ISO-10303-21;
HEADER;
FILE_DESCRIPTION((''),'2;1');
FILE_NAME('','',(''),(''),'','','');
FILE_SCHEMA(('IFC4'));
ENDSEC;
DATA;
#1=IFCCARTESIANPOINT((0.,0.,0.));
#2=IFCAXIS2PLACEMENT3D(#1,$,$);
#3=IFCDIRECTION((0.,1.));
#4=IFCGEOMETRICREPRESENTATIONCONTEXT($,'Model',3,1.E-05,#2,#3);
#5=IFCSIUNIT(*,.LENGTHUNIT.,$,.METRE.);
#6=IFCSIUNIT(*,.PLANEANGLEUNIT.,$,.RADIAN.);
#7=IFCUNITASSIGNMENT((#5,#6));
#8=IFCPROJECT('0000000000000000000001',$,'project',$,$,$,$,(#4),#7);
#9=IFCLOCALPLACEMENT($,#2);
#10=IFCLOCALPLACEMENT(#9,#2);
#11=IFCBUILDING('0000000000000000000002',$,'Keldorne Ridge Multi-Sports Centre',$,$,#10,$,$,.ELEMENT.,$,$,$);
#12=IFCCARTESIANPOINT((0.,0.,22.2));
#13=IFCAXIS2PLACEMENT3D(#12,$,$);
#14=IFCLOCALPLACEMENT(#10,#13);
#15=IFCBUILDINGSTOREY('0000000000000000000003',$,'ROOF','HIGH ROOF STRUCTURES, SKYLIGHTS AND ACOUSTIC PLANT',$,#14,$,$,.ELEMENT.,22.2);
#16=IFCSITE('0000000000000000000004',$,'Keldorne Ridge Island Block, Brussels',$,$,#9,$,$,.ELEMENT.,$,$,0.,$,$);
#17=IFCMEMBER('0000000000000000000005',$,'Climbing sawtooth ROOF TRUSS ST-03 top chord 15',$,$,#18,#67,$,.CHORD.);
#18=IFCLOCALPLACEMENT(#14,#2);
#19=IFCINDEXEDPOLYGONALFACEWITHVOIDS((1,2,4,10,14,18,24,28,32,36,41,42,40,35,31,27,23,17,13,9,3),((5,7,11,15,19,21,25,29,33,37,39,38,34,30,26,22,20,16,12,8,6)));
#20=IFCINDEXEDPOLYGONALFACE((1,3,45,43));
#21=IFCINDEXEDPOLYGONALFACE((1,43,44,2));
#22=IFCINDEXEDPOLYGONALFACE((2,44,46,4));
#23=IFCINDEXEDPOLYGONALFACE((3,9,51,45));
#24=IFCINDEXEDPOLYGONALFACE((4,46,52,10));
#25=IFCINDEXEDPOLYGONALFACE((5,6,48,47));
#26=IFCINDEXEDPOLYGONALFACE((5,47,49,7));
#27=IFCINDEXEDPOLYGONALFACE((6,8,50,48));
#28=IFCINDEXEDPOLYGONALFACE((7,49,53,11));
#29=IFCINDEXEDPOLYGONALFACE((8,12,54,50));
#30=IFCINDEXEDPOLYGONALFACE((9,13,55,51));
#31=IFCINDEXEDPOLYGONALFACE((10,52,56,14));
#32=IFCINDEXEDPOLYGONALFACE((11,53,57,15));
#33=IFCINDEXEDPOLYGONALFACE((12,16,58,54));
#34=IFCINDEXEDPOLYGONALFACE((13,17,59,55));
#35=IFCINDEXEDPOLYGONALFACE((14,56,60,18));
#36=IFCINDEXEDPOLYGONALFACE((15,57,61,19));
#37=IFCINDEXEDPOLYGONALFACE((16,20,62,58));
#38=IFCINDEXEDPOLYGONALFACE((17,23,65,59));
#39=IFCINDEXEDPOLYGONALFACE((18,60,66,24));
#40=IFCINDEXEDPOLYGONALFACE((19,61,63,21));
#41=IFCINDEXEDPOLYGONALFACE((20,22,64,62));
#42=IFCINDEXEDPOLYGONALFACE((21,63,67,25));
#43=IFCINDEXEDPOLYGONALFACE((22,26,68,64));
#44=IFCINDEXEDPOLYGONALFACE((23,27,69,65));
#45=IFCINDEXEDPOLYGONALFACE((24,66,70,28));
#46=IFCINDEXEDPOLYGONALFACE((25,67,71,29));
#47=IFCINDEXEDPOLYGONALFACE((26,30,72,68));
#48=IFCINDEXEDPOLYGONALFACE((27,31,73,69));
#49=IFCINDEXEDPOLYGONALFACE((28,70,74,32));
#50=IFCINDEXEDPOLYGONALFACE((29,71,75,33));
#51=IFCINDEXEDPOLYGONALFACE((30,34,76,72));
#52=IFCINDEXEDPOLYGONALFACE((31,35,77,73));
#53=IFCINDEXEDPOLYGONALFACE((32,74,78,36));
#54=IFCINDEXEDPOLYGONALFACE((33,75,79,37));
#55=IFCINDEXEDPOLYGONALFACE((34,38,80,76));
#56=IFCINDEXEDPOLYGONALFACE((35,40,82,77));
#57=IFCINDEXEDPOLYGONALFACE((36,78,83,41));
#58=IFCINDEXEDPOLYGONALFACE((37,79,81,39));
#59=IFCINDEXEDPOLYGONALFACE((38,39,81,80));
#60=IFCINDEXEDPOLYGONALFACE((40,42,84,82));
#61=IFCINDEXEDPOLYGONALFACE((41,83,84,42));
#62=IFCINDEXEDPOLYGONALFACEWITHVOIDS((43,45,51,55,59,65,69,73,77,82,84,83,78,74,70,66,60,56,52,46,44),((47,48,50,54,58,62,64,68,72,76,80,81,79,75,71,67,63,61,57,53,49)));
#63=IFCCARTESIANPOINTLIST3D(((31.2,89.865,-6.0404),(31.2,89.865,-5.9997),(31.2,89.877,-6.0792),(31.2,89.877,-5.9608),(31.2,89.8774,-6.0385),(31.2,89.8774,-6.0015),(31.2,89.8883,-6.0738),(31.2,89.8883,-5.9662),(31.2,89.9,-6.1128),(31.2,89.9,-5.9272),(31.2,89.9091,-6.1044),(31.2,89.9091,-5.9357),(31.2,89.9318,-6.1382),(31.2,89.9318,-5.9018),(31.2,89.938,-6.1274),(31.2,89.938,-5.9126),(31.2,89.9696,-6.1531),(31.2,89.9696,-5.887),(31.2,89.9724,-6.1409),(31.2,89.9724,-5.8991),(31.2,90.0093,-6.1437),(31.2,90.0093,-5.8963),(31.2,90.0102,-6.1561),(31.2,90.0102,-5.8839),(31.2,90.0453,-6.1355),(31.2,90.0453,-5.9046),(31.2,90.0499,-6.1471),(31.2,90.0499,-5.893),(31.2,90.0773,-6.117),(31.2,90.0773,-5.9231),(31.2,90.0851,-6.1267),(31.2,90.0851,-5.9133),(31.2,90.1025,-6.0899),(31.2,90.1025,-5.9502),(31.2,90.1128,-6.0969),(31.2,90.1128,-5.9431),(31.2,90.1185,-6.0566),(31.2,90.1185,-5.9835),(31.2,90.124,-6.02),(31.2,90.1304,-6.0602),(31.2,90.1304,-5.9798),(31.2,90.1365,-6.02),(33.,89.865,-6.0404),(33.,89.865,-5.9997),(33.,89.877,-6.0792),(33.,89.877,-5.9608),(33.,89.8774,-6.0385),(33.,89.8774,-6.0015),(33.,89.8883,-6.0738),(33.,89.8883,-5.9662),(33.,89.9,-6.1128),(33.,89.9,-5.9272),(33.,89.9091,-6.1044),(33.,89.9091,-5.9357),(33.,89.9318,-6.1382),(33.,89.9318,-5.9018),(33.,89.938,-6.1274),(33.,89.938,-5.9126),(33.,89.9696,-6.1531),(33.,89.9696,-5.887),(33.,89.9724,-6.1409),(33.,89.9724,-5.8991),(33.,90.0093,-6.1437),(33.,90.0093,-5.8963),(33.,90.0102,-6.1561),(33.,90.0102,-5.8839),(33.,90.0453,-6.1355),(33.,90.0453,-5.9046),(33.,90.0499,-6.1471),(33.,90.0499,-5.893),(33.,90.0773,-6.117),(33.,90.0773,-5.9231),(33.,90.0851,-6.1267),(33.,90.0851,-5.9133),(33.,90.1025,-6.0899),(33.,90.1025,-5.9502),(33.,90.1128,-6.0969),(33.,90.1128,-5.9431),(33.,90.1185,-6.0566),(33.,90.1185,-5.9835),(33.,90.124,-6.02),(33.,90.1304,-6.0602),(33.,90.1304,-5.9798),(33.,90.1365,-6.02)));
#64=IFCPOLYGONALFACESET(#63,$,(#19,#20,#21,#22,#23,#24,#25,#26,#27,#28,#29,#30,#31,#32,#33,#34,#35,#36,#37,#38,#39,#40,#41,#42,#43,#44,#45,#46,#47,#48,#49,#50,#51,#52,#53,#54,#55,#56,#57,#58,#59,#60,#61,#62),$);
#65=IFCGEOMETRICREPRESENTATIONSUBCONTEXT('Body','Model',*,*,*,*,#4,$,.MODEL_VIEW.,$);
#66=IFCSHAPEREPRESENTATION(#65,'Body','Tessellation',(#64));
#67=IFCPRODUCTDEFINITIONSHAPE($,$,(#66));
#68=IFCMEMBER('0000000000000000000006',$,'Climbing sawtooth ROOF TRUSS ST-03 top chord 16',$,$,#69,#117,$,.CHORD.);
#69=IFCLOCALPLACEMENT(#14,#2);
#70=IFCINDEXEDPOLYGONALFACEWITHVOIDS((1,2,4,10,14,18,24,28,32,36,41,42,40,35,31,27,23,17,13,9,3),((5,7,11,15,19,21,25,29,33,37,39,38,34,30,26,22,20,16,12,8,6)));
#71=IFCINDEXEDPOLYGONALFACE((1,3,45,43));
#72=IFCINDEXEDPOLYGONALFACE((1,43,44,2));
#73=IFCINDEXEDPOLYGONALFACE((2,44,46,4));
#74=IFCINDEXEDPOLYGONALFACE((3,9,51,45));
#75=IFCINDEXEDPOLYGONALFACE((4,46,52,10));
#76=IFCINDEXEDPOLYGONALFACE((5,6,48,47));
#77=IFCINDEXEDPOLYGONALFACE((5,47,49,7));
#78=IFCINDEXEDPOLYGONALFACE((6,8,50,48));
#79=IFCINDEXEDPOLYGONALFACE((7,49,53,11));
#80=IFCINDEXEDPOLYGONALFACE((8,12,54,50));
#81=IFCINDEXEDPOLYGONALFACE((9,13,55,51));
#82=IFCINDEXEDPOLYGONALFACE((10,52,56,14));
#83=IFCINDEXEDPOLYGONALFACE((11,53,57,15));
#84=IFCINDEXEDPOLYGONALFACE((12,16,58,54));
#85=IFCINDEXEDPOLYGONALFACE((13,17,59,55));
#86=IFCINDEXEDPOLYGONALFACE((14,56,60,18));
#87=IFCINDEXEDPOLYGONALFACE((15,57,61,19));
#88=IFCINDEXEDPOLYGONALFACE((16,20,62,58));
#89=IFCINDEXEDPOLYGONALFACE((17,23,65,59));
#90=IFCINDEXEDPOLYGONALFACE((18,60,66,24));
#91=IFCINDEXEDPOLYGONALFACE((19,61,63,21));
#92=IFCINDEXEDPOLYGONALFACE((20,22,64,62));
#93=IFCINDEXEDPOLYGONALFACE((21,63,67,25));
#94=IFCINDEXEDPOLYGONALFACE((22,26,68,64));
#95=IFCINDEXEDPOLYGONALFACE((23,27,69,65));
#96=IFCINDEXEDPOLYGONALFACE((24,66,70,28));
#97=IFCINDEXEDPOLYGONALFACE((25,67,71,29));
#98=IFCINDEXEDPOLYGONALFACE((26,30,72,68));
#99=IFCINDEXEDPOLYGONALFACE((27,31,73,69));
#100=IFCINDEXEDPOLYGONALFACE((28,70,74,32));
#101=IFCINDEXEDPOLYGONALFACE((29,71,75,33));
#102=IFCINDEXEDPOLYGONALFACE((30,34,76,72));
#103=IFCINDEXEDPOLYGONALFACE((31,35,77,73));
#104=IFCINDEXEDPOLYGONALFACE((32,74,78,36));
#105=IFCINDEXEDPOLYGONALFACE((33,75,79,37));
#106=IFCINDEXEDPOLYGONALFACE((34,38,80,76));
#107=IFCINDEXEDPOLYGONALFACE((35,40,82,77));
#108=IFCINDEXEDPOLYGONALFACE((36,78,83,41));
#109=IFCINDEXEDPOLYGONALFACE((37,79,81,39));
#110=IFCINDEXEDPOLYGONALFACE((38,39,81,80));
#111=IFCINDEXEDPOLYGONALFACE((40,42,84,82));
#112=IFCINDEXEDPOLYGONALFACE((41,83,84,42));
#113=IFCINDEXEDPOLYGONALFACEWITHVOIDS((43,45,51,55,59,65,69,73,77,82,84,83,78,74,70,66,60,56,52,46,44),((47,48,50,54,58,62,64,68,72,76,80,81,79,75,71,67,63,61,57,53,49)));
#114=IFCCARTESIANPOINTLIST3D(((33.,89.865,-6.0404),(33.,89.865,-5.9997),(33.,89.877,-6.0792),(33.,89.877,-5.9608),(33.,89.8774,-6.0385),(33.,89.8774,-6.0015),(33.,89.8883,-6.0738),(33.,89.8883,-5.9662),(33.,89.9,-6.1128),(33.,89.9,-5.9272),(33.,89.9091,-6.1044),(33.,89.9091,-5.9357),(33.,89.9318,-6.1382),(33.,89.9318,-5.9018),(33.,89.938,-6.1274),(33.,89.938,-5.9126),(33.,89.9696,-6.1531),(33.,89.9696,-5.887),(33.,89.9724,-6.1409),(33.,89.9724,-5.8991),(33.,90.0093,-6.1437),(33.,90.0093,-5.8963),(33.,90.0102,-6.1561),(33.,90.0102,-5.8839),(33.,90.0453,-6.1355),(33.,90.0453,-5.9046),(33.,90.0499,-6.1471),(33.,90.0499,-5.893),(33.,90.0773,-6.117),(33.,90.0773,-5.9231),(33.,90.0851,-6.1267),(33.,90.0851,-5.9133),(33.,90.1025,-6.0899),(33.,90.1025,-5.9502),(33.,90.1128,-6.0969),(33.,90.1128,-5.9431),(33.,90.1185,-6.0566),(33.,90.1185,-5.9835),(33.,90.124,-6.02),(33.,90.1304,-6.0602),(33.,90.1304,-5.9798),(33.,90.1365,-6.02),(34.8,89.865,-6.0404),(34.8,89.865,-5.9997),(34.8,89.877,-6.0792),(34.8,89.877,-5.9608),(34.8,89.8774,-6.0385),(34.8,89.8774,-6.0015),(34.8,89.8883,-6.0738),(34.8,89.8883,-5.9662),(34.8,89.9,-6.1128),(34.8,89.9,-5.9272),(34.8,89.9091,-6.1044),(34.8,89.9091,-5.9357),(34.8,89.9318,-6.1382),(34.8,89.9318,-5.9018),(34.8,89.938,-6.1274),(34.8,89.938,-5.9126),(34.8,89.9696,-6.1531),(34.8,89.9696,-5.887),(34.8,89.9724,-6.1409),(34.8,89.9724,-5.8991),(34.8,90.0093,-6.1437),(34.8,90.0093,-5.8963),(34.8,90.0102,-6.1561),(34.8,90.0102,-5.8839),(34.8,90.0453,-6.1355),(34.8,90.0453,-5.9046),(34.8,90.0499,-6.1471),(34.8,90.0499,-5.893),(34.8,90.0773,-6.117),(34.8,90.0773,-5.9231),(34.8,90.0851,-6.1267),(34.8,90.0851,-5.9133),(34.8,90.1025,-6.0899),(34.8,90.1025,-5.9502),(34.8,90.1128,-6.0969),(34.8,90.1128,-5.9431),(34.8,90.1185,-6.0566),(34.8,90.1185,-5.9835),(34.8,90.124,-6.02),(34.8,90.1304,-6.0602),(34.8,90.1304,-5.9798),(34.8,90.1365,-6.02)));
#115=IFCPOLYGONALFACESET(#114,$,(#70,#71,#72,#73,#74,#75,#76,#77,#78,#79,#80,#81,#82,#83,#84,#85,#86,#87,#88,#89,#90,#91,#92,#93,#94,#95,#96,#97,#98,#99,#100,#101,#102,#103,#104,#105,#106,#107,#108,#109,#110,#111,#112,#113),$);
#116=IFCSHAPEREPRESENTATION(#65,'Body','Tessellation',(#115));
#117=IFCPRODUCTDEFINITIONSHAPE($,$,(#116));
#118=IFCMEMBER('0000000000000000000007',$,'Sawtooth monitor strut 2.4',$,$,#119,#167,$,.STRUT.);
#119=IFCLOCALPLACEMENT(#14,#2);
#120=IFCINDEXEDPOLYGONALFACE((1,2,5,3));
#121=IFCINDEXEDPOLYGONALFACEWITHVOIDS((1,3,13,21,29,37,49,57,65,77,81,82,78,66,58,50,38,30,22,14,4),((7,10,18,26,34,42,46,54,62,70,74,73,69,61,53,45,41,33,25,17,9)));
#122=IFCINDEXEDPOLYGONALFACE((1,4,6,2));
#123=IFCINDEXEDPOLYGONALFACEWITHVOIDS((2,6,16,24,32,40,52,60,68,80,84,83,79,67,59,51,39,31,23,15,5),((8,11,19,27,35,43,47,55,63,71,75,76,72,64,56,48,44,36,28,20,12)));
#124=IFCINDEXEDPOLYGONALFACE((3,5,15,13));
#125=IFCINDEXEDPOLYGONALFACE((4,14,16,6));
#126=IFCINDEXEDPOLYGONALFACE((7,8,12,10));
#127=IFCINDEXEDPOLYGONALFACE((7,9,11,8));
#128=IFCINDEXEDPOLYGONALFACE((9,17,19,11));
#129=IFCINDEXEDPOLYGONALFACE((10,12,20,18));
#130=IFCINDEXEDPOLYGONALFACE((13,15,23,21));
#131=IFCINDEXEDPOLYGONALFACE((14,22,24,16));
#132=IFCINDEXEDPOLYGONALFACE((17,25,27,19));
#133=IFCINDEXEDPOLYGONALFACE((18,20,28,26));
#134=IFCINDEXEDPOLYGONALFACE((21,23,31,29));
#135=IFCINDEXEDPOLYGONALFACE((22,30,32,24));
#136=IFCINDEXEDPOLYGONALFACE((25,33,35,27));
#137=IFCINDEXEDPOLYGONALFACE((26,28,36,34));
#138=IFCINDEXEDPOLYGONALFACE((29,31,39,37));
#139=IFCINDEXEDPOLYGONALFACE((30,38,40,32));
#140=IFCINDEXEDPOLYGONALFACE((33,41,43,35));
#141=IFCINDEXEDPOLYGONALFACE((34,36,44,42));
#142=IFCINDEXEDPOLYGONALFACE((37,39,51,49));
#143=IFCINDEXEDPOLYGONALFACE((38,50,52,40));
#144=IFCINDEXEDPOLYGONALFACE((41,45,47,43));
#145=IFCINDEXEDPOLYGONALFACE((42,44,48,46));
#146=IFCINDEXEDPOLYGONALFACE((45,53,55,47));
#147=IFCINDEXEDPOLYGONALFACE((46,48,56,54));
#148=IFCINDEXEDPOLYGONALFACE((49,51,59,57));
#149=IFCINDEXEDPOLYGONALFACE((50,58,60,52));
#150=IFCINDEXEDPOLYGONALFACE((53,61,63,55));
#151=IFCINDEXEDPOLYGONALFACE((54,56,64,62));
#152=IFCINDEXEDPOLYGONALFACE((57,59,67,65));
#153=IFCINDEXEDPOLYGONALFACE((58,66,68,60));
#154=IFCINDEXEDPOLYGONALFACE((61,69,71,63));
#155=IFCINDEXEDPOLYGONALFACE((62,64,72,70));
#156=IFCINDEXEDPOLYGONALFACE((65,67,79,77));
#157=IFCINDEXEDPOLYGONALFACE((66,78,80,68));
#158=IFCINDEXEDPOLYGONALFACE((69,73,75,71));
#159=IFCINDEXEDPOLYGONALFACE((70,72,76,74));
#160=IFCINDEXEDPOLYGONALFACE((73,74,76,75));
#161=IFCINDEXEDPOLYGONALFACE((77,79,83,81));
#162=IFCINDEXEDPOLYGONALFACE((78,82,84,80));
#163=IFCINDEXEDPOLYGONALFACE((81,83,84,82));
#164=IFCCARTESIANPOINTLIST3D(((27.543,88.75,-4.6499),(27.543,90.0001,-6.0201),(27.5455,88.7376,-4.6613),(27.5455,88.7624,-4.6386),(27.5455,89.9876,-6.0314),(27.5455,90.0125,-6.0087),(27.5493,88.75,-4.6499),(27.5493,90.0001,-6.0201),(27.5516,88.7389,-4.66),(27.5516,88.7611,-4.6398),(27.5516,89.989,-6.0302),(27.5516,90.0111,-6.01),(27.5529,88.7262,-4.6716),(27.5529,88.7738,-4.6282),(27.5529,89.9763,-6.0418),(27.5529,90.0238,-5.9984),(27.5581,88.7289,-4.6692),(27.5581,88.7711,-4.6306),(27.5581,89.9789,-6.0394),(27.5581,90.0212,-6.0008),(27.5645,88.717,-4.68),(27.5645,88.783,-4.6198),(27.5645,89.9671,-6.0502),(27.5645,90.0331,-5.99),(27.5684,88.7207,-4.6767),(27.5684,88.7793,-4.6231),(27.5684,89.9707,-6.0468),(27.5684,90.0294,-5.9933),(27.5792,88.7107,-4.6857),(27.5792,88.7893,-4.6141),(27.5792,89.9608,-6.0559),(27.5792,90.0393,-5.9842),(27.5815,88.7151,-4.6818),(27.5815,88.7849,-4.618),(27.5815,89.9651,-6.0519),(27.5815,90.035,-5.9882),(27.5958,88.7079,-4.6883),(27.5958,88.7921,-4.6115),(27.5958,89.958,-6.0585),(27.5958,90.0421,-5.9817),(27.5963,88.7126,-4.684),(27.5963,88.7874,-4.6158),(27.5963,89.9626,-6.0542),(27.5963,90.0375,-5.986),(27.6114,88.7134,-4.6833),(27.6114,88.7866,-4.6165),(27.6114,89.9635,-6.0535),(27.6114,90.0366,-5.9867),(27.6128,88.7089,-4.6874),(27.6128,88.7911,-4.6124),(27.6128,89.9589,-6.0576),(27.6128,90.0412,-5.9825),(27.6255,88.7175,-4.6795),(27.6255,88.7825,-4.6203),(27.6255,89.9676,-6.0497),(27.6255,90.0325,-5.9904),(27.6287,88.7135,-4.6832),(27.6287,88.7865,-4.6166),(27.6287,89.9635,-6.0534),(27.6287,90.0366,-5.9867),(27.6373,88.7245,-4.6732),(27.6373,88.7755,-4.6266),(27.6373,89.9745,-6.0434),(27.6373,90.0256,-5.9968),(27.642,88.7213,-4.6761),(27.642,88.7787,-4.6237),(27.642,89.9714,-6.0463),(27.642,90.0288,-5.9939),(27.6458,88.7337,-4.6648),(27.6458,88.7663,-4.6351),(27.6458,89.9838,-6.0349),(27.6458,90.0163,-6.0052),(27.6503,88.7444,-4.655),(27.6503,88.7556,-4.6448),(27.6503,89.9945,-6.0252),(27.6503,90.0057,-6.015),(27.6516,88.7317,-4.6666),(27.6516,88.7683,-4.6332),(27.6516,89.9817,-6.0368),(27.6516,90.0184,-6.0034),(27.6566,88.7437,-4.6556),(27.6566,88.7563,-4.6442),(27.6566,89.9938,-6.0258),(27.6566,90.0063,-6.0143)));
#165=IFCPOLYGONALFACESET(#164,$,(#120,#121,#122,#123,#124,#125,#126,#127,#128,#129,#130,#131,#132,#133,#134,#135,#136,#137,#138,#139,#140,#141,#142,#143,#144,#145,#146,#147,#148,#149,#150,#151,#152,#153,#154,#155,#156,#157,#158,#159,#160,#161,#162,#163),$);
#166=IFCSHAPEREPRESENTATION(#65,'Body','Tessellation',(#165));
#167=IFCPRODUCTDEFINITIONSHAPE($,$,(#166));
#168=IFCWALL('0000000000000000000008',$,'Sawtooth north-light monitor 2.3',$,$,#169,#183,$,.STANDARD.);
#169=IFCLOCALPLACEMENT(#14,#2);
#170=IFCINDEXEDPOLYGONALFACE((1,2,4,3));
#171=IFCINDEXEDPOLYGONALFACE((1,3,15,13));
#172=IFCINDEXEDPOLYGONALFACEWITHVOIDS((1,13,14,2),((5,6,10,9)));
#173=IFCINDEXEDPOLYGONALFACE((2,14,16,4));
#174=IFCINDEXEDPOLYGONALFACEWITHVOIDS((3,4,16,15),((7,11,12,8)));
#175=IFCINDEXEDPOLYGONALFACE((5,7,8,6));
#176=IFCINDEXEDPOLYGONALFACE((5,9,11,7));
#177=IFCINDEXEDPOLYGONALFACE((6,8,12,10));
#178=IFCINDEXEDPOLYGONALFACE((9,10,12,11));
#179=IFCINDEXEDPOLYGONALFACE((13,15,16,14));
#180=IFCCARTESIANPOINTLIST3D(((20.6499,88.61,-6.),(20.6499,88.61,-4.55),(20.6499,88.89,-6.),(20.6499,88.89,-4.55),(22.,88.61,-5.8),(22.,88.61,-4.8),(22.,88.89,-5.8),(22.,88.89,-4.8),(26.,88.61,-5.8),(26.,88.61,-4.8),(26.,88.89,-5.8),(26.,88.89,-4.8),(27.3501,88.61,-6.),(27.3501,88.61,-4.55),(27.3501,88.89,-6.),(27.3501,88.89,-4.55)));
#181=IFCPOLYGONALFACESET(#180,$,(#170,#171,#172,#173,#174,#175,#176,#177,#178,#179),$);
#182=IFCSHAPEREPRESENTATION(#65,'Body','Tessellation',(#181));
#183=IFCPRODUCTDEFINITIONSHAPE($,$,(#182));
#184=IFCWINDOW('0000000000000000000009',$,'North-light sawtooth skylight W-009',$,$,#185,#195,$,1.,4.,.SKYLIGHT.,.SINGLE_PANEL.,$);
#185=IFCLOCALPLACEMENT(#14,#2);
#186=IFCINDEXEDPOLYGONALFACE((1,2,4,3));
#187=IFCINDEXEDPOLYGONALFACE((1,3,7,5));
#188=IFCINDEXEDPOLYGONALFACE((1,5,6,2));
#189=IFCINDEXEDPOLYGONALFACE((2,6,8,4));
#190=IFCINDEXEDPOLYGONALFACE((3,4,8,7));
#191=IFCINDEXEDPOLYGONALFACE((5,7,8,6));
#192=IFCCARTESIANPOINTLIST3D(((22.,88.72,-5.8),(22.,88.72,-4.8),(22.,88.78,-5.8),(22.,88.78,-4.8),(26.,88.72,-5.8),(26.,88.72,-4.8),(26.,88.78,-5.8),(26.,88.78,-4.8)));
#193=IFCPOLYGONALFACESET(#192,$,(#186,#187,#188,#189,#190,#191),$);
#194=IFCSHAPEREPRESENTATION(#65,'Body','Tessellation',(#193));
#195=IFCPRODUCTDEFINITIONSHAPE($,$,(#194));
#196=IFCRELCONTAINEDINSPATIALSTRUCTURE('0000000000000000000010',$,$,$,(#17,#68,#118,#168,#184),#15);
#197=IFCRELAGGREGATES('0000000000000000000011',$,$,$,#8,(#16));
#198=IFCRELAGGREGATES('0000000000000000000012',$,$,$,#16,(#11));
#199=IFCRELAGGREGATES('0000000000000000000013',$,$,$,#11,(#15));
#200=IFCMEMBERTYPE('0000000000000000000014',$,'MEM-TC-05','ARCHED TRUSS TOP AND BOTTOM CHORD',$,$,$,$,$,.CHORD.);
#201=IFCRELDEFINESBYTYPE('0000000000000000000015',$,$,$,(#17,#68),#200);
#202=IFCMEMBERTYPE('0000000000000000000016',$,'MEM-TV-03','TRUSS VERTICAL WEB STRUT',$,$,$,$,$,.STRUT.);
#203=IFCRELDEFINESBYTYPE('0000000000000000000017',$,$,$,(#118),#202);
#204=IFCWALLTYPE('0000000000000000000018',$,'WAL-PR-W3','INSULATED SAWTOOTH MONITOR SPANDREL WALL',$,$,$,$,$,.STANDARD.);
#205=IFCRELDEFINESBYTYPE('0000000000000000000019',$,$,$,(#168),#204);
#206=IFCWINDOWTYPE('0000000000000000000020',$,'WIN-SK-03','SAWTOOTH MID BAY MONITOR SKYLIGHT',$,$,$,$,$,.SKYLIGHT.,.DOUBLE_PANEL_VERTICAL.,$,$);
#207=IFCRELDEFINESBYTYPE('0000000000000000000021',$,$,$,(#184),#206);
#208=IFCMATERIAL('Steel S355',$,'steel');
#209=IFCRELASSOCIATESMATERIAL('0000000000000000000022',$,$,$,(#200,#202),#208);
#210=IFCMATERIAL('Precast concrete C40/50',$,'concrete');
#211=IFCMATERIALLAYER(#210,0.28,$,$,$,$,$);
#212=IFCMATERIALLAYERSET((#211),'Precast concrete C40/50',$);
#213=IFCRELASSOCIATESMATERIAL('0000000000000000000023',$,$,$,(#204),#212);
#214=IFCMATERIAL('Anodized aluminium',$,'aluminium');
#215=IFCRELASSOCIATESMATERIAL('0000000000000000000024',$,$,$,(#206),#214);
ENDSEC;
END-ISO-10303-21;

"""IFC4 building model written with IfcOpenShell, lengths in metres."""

from ifc_helpers import new_model, si_unit, direction, frame, frame_2d, origin, origin_2d, place, context, subcontext, project, spatial, rectangle, hollow_circle, extrude, material, layer, layer_set, material_profile, profile_set, type_object, element, fill, save


model = new_model("IFC4")

# Units and contexts
model_context = context("Model", 3, precision=1e-05, world=origin(), true_north=direction((0.0, 1.0)))
body_context = subcontext(model_context, "Body", "Model", "MODEL_VIEW")
ifc_project = project(units=[si_unit("LENGTHUNIT", "METRE"), si_unit("PLANEANGLEUNIT", "RADIAN")], contexts=[model_context])

# Site, building, storey
site_placement = place(None, origin())
site = spatial("IfcSite", under=ifc_project, at=site_placement, Name="Keldorne Ridge Island Block, Brussels", CompositionType="ELEMENT", RefElevation=0.0)
building_placement = place(site_placement, origin())
building = spatial("IfcBuilding", under=site, at=building_placement, Name="Keldorne Ridge Multi-Sports Centre", CompositionType="ELEMENT")
storey_placement = place(building_placement, frame((0.0, 0.0, 22.2)))
storey = spatial("IfcBuildingStorey", under=building, at=storey_placement, Name="ROOF", Description="HIGH ROOF STRUCTURES, SKYLIGHTS AND ACOUSTIC PLANT", CompositionType="ELEMENT", Elevation=22.2)

# Shared definitions
ifc_material_1 = material(Name="Steel S355", Category="steel")

# Members
ifc_material_profile_1 = material_profile(ifc_material_1, hollow_circle(Radius=0.1365, WallThickness=0.0125, at=origin_2d()), Name="CHS 273x12.5")
ifc_profile_set_1 = profile_set([ifc_material_profile_1], Name="Steel S355")
member_type_1 = type_object("IfcMemberType", Name="MEM-TC-05", Description="ARCHED TRUSS TOP AND BOTTOM CHORD", PredefinedType="CHORD", material=ifc_profile_set_1)
for number, where, z_axis, x_axis, name in (
    (1, (31.2, 90.0, -6.02), (1.0, 0.0, 0.0), (0.0, 1.0, 0.0), "Climbing sawtooth ROOF TRUSS ST-03 top chord 15"),
    (2, (33.0, 90.0, -6.02), (1.0, 0.0, 0.0), (0.0, 1.0, 0.0), "Climbing sawtooth ROOF TRUSS ST-03 top chord 16"),
):
    element("IfcMember", number, at=place(storey_placement, frame(where, z_axis=z_axis, x_axis=x_axis)), inside=storey, type_object=member_type_1, Name=name, PredefinedType="CHORD", context=body_context, shape_type="SweptSolid", body=[
        extrude(hollow_circle(Radius=0.1365, WallThickness=0.0125, at=origin_2d()), origin(), (0.0, 0.0, 1.0), 1.8),
    ])
ifc_material_profile_2 = material_profile(ifc_material_1, hollow_circle(Radius=0.0571, WallThickness=0.0063, at=origin_2d()), Name="CHS 114.3x6.3")
ifc_profile_set_2 = profile_set([ifc_material_profile_2], Name="Steel S355")
member_type_2 = type_object("IfcMemberType", Name="MEM-TV-03", Description="TRUSS VERTICAL WEB STRUT", PredefinedType="STRUT", material=ifc_profile_set_2)
member_1_placement = place(storey_placement, frame((27.6001, 88.75, -4.6499), z_axis=(0.0, 0.673982, -0.738748), x_axis=(-1.0, 0.0, 0.0)))
element("IfcMember", 3, at=member_1_placement, inside=storey, type_object=member_type_2, Name="Sawtooth monitor strut 2.4", PredefinedType="STRUT", context=body_context, shape_type="SweptSolid", body=[
    extrude(hollow_circle(Radius=0.0571, WallThickness=0.0063, at=origin_2d()), origin(), (0.0, 0.0, 1.0), 1.8547),
])

# Wall, opening, window
ifc_material_2 = material(Name="Precast concrete C40/50", Category="concrete")
ifc_layer = layer(ifc_material_2, 0.28)
ifc_layer_set = layer_set([ifc_layer], Name="Precast concrete C40/50")
wall_type = type_object("IfcWallType", Name="WAL-PR-W3", Description="INSULATED SAWTOOTH MONITOR SPANDREL WALL", PredefinedType="STANDARD", material=ifc_layer_set)
wall_1_placement = place(storey_placement, frame((27.3501, 88.75, -6.0), z_axis=(0.0, 0.0, 1.0), x_axis=(-1.0, 0.0, 0.0)))
wall_1 = element("IfcWall", 4, at=wall_1_placement, inside=storey, type_object=wall_type, Name="Sawtooth north-light monitor 2.3", PredefinedType="STANDARD", context=body_context, shape_type="SweptSolid", body=[
    extrude(rectangle(XDim=6.7002, YDim=0.28, at=frame_2d((3.3501, 0.0))), origin(), (0.0, 0.0, 1.0), 1.45),
])
opening_1_placement = place(wall_1_placement, frame((1.3501, 0.0, 0.2)))
opening_1 = element("IfcOpeningElement", 5, at=opening_1_placement, cuts=wall_1, PredefinedType="OPENING", context=body_context, shape_type="SweptSolid", body=[
    extrude(rectangle(XDim=4.0, YDim=1.0, at=frame_2d((2.0, 0.5))), frame((0.0, 0.1499, 0.0), z_axis=(0.0, -1.0, 0.0), x_axis=(1.0, 0.0, 0.0)), (0.0, 0.0, 1.0), 0.3),
])
ifc_material_3 = material(Name="Anodized aluminium", Category="aluminium")
window_type_1 = type_object("IfcWindowType", Name="WIN-SK-03", Description="SAWTOOTH MID BAY MONITOR SKYLIGHT", PartitioningType="DOUBLE_PANEL_VERTICAL", PredefinedType="SKYLIGHT", material=ifc_material_3)
window_1_placement = place(opening_1_placement, origin())
window_1 = element("IfcWindow", 6, at=window_1_placement, inside=storey, type_object=window_type_1, Name="North-light sawtooth skylight W-009", OverallHeight=1.0, OverallWidth=4.0, PartitioningType="SINGLE_PANEL", PredefinedType="SKYLIGHT", context=body_context, shape_type="SweptSolid", body=[
    extrude(rectangle(XDim=4.0, YDim=1.0, at=frame_2d((2.0, 0.5))), frame((0.0, 0.03, 0.0), z_axis=(0.0, -1.0, 0.0), x_axis=(1.0, 0.0, 0.0)), (0.0, 0.0, 1.0), 0.0601),
])
fill(opening_1, window_1)

save(model, "model.ifc")
